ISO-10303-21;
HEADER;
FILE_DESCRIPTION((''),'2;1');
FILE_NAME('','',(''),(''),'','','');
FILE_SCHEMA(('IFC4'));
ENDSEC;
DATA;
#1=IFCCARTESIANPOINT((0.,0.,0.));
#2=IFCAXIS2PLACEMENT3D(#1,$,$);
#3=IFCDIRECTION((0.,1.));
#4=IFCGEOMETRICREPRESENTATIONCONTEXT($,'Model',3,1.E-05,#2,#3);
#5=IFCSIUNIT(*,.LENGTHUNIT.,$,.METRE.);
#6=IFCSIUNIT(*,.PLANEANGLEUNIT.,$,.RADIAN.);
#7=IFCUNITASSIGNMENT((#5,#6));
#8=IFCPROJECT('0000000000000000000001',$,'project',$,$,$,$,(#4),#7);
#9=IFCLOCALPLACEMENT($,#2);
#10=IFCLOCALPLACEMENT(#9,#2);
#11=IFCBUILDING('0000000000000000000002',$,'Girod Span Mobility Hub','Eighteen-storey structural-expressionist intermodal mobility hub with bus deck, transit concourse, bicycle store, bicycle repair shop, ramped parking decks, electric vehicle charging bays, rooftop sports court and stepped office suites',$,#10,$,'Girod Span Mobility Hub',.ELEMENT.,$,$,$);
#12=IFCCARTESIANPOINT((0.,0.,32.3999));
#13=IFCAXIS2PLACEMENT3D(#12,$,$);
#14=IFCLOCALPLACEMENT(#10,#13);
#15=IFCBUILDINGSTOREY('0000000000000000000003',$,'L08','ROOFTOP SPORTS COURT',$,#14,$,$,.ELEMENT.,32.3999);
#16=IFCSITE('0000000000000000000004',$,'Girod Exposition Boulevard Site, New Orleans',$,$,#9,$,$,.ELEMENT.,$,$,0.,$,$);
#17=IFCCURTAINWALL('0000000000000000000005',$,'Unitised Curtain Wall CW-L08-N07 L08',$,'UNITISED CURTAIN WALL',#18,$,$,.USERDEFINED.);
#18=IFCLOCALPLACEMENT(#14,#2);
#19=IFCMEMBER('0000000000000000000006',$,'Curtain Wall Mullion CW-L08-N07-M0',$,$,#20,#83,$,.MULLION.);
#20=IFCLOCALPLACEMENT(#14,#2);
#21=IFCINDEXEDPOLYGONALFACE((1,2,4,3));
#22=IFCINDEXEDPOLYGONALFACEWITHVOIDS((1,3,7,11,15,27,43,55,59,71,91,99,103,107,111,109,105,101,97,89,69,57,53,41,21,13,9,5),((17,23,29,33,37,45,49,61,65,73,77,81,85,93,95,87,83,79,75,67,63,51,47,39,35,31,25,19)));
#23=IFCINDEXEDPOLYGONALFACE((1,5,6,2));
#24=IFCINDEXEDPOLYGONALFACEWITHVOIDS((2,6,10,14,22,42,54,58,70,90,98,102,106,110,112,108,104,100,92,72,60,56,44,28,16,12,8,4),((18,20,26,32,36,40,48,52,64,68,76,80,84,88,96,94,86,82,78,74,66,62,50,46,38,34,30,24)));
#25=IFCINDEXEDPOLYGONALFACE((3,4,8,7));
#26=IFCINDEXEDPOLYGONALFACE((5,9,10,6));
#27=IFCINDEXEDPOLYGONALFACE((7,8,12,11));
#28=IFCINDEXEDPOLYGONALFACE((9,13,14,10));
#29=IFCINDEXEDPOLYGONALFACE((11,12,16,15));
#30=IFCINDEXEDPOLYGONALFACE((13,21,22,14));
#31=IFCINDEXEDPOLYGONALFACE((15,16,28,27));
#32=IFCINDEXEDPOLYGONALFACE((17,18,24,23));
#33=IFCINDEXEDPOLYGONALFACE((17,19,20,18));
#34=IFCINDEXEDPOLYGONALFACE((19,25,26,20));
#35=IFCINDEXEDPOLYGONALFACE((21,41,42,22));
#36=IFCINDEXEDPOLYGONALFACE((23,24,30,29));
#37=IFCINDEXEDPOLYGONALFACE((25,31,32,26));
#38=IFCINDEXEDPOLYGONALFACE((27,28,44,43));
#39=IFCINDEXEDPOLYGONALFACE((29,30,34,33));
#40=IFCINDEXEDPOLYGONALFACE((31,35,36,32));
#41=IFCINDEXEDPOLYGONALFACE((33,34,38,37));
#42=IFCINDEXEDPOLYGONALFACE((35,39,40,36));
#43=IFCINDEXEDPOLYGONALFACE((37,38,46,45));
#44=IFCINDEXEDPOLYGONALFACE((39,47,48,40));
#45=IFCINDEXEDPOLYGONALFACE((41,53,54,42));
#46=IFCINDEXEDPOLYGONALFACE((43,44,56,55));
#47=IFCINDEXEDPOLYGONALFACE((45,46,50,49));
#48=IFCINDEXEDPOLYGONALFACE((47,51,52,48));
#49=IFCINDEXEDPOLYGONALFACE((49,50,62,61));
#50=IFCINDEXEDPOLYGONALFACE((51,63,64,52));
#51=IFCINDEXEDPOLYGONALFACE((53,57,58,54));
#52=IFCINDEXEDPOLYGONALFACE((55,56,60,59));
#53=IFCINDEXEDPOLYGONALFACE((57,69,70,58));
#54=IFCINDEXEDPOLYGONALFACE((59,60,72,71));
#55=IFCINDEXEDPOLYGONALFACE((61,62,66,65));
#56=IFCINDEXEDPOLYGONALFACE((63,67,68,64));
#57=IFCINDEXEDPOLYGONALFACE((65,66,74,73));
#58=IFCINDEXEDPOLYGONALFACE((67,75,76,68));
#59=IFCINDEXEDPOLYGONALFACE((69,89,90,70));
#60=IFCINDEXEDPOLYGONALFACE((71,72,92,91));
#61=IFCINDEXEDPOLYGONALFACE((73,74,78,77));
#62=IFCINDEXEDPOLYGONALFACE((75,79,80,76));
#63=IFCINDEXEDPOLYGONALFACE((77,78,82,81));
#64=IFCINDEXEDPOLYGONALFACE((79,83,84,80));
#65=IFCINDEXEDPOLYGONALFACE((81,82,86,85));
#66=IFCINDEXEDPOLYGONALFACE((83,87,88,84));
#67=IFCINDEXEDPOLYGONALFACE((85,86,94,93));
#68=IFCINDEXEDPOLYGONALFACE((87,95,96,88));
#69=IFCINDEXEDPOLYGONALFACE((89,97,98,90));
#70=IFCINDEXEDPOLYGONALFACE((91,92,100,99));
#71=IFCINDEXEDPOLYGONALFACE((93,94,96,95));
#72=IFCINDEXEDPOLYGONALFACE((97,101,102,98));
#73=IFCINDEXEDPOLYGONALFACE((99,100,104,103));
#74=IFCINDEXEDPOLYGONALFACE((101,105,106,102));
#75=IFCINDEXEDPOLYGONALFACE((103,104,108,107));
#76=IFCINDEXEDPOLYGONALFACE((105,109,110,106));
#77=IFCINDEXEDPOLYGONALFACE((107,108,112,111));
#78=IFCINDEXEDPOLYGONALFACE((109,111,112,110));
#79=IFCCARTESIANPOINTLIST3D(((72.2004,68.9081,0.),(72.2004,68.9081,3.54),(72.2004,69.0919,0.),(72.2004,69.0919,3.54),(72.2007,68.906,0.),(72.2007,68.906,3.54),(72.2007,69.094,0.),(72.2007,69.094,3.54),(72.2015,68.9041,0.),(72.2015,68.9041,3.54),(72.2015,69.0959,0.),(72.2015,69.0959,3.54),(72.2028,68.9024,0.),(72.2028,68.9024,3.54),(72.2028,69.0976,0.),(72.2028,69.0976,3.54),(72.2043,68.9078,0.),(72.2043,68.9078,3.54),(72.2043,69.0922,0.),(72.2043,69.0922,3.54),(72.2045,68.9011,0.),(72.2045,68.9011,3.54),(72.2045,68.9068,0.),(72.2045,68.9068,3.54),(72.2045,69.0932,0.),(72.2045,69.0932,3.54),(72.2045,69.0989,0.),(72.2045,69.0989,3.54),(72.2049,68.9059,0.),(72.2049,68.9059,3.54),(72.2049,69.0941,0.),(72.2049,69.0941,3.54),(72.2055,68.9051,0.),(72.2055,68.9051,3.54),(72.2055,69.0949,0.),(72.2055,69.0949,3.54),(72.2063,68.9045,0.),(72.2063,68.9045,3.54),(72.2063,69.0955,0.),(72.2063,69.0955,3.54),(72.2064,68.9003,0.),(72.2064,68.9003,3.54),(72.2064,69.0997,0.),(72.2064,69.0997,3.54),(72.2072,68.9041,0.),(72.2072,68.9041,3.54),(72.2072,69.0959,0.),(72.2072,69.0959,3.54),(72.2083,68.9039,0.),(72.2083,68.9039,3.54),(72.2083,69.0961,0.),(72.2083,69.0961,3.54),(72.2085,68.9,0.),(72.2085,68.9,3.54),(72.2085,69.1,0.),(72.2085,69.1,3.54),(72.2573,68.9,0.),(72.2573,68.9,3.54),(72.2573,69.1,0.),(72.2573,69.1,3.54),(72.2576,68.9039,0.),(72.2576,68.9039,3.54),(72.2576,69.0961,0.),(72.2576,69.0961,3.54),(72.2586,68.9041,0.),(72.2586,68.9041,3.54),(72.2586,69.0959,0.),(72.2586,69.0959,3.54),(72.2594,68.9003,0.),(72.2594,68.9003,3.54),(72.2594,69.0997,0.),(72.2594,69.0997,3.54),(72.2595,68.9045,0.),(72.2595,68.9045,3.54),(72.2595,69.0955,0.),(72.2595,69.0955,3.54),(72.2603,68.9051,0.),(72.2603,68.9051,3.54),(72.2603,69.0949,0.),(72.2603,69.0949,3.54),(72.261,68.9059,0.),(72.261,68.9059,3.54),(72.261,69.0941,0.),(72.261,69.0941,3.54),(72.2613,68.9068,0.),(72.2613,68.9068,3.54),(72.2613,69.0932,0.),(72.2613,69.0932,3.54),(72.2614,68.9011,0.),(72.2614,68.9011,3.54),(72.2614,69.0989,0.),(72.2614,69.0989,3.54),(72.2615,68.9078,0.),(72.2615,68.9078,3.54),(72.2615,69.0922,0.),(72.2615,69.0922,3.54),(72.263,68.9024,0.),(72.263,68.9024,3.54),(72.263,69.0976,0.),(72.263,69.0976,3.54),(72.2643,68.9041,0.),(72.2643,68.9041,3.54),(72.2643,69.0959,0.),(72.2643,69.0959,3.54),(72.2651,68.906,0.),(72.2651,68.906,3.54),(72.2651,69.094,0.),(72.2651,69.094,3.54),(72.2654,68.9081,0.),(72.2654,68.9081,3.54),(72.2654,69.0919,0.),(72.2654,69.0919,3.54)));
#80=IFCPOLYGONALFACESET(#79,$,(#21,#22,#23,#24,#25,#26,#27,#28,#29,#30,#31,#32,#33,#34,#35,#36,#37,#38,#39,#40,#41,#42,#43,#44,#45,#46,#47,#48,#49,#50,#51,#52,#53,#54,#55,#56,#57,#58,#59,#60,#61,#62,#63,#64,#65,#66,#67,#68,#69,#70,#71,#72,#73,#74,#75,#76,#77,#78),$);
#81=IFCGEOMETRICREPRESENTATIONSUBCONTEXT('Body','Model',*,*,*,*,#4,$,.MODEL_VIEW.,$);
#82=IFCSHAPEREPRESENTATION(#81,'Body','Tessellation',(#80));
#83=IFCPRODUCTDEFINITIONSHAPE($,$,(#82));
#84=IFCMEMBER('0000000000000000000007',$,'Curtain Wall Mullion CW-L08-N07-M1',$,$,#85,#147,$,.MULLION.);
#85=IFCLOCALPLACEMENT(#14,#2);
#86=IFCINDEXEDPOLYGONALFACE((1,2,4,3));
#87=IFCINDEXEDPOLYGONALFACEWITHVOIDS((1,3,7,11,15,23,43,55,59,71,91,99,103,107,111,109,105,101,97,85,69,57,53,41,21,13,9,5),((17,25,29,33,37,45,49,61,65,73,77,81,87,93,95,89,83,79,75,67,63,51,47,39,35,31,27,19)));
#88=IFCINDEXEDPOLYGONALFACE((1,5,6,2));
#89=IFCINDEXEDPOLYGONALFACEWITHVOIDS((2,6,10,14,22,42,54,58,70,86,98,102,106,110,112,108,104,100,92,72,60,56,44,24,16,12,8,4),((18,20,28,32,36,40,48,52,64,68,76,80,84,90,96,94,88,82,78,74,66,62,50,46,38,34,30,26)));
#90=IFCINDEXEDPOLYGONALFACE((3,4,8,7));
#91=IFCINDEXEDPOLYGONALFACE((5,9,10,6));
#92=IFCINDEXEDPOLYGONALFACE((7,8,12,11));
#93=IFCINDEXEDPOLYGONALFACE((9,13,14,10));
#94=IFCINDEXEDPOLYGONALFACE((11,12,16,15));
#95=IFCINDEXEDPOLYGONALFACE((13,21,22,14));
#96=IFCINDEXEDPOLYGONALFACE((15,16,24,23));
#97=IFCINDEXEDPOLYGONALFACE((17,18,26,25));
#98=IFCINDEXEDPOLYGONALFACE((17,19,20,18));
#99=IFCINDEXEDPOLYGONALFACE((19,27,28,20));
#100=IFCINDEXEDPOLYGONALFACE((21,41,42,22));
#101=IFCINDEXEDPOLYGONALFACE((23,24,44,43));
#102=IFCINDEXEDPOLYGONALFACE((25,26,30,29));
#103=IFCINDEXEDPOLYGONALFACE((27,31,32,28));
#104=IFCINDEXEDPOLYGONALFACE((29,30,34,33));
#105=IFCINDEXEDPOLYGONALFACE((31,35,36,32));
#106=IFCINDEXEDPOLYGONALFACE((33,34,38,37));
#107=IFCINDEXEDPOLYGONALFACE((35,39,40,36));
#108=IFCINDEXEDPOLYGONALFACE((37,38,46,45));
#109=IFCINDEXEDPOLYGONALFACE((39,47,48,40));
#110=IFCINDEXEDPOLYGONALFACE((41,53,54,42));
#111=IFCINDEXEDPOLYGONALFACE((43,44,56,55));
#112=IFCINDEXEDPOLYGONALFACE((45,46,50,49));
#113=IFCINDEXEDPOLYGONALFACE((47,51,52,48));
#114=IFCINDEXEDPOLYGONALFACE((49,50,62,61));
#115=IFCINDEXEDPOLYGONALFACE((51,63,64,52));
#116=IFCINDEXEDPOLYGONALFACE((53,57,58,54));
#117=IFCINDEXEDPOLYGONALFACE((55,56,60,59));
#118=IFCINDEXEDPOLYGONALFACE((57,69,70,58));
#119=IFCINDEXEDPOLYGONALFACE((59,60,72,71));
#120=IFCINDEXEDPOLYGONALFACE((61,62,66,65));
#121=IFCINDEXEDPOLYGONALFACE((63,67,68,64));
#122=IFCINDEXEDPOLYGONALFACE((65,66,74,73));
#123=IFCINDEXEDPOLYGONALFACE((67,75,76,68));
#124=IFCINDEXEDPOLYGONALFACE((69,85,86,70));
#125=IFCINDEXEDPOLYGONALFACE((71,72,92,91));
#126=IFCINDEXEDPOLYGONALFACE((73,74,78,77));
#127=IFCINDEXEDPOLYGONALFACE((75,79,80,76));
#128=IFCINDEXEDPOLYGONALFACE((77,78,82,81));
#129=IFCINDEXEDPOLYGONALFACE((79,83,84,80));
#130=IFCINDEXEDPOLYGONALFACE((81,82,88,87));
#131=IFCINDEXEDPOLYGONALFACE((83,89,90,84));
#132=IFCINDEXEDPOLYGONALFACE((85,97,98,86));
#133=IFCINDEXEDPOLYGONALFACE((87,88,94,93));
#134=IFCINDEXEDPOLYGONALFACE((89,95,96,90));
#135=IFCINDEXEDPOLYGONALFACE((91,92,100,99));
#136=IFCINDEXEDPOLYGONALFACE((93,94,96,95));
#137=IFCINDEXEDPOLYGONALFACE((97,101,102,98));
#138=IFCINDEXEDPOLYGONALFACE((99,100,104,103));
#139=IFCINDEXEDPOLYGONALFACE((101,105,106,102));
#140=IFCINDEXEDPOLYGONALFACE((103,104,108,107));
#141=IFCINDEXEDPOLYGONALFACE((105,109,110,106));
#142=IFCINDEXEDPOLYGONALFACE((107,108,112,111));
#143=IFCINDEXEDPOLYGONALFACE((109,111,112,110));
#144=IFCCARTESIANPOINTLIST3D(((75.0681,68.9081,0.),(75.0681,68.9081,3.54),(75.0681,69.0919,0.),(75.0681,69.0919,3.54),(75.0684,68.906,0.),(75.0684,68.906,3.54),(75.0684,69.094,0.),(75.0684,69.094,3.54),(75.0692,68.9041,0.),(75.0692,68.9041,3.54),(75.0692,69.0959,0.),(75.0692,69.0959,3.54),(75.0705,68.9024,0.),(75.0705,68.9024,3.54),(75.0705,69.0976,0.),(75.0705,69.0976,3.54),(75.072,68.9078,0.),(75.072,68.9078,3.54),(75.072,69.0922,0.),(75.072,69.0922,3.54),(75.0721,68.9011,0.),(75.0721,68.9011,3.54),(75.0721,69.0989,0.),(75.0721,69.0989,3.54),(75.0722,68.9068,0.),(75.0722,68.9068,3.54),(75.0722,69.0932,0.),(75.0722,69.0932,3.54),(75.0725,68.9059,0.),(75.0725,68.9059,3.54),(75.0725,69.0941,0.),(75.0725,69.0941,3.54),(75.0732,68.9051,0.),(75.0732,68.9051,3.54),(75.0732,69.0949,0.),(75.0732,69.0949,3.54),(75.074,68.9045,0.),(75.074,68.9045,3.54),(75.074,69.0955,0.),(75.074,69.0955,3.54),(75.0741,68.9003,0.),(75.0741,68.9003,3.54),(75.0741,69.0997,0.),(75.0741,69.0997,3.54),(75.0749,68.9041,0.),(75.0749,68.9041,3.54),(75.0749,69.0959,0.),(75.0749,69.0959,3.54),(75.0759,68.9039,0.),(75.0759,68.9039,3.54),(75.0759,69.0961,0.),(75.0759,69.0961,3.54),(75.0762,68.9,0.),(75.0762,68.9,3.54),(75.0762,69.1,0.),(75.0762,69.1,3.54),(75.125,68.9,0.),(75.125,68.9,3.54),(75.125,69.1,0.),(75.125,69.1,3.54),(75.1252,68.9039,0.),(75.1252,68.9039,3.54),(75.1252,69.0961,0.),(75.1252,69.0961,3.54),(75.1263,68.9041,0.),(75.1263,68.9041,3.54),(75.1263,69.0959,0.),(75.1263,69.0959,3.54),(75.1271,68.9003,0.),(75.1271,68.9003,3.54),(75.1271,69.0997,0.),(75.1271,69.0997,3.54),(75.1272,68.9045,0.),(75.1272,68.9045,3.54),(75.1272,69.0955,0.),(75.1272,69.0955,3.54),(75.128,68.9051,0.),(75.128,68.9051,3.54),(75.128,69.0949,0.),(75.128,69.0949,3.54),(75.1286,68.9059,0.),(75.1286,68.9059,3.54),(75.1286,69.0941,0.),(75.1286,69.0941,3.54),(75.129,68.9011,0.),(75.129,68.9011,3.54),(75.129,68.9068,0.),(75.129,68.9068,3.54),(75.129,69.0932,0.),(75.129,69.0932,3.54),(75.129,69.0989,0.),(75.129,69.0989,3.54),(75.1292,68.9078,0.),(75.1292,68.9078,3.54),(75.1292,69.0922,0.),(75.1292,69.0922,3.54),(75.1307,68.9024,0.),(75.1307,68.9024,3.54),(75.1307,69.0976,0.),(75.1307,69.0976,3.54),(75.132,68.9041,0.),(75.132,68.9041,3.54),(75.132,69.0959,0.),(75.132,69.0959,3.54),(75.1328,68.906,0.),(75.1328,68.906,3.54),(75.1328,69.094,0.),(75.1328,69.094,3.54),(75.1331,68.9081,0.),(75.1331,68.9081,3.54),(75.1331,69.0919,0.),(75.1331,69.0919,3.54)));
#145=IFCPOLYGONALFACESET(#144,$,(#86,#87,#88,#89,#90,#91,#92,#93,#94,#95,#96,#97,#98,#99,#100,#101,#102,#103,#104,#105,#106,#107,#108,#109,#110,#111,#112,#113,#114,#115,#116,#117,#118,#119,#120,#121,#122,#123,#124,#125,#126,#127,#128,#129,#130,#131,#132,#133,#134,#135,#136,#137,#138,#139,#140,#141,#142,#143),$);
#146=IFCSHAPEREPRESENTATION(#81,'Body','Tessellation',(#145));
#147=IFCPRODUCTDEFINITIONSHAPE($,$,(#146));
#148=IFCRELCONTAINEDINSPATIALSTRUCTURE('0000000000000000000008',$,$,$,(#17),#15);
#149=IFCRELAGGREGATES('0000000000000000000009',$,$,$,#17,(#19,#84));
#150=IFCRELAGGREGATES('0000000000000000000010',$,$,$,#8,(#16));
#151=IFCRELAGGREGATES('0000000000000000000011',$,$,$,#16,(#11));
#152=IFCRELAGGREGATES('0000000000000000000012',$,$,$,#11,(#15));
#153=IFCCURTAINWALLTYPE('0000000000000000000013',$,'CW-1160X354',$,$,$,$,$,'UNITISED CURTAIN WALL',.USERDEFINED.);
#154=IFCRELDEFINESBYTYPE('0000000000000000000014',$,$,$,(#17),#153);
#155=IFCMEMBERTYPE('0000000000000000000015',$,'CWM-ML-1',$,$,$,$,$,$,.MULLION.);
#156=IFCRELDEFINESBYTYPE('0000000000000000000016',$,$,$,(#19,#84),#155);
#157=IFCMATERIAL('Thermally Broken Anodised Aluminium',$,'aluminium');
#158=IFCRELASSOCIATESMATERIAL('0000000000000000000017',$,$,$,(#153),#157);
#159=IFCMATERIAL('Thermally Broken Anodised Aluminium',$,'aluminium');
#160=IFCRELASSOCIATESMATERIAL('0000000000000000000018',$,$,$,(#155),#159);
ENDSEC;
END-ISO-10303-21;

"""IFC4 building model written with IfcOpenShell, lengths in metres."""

from ifc_helpers import new_model, si_unit, direction, frame, origin, origin_2d, place, context, subcontext, project, spatial, hollow_rectangle, extrude, material, material_profile, profile_set, type_object, element, aggregate, save


model = new_model("IFC4")

# Units and contexts
model_context = context("Model", 3, precision=1e-05, world=origin(), true_north=direction((0.0, 1.0)))
body_context = subcontext(model_context, "Body", "Model", "MODEL_VIEW")
ifc_project = project(units=[si_unit("LENGTHUNIT", "METRE"), si_unit("PLANEANGLEUNIT", "RADIAN")], contexts=[model_context])

# Site, building, storey
site_placement = place(None, origin())
site = spatial("IfcSite", under=ifc_project, at=site_placement, Name="Girod Exposition Boulevard Site, New Orleans", CompositionType="ELEMENT", RefElevation=0.0)
building_placement = place(site_placement, origin())
building = spatial("IfcBuilding", under=site, at=building_placement, Name="Girod Span Mobility Hub", Description="Eighteen-storey structural-expressionist intermodal mobility hub with bus deck, transit concourse, bicycle store, bicycle repair shop, ramped parking decks, electric vehicle charging bays, rooftop sports court and stepped office suites", LongName="Girod Span Mobility Hub", CompositionType="ELEMENT")
storey_placement = place(building_placement, frame((0.0, 0.0, 32.3999)))
storey = spatial("IfcBuildingStorey", under=building, at=storey_placement, Name="L08", Description="ROOFTOP SPORTS COURT", CompositionType="ELEMENT", Elevation=32.3999)

# Curtain wall, members
ifc_material_1 = material(Name="Thermally Broken Anodised Aluminium", Category="aluminium")
curtain_wall_type = type_object("IfcCurtainWallType", Name="CW-1160X354", ElementType="UNITISED CURTAIN WALL", PredefinedType="USERDEFINED", material=ifc_material_1)
curtain_wall_placement = place(storey_placement, origin())
curtain_wall = element("IfcCurtainWall", 1, at=curtain_wall_placement, inside=storey, type_object=curtain_wall_type, Name="Unitised Curtain Wall CW-L08-N07 L08", ObjectType="UNITISED CURTAIN WALL", PredefinedType="USERDEFINED")
ifc_material_2 = material(Name="Thermally Broken Anodised Aluminium", Category="aluminium")
ifc_material_profile_1 = material_profile(ifc_material_2, hollow_rectangle(XDim=0.2, YDim=0.0649, WallThickness=0.0039, InnerFilletRadius=0.0039, OuterFilletRadius=0.0081, at=origin_2d()), Name="CW-ML-65X200")
ifc_profile_set_1 = profile_set([ifc_material_profile_1], Name="Thermally Broken Anodised Aluminium")
member_type_1 = type_object("IfcMemberType", Name="CWM-ML-1", PredefinedType="MULLION", material=ifc_profile_set_1)
member_1_placement = place(storey_placement, frame((72.2329, 69.0, 0.0), z_axis=(0.0, 0.0, 1.0), x_axis=(0.0, 1.0, 0.0)))
member_1 = element("IfcMember", 2, at=member_1_placement, type_object=member_type_1, Name="Curtain Wall Mullion CW-L08-N07-M0", PredefinedType="MULLION", context=body_context, shape_type="SweptSolid", body=[
    extrude(hollow_rectangle(XDim=0.2, YDim=0.0649, WallThickness=0.0039, InnerFilletRadius=0.0039, OuterFilletRadius=0.0081, at=origin_2d()), origin(), (0.0, 0.0, 1.0), 3.54),
])
member_2_placement = place(storey_placement, frame((75.1006, 69.0, 0.0), z_axis=(0.0, 0.0, 1.0), x_axis=(0.0, 1.0, 0.0)))
member_2 = element("IfcMember", 3, at=member_2_placement, type_object=member_type_1, Name="Curtain Wall Mullion CW-L08-N07-M1", PredefinedType="MULLION", context=body_context, shape_type="SweptSolid", body=[
    extrude(hollow_rectangle(XDim=0.2, YDim=0.0649, WallThickness=0.0039, InnerFilletRadius=0.0039, OuterFilletRadius=0.0081, at=origin_2d()), origin(), (0.0, 0.0, 1.0), 3.54),
])

aggregate(curtain_wall, [member_1, member_2])

save(model, "model.ifc")
